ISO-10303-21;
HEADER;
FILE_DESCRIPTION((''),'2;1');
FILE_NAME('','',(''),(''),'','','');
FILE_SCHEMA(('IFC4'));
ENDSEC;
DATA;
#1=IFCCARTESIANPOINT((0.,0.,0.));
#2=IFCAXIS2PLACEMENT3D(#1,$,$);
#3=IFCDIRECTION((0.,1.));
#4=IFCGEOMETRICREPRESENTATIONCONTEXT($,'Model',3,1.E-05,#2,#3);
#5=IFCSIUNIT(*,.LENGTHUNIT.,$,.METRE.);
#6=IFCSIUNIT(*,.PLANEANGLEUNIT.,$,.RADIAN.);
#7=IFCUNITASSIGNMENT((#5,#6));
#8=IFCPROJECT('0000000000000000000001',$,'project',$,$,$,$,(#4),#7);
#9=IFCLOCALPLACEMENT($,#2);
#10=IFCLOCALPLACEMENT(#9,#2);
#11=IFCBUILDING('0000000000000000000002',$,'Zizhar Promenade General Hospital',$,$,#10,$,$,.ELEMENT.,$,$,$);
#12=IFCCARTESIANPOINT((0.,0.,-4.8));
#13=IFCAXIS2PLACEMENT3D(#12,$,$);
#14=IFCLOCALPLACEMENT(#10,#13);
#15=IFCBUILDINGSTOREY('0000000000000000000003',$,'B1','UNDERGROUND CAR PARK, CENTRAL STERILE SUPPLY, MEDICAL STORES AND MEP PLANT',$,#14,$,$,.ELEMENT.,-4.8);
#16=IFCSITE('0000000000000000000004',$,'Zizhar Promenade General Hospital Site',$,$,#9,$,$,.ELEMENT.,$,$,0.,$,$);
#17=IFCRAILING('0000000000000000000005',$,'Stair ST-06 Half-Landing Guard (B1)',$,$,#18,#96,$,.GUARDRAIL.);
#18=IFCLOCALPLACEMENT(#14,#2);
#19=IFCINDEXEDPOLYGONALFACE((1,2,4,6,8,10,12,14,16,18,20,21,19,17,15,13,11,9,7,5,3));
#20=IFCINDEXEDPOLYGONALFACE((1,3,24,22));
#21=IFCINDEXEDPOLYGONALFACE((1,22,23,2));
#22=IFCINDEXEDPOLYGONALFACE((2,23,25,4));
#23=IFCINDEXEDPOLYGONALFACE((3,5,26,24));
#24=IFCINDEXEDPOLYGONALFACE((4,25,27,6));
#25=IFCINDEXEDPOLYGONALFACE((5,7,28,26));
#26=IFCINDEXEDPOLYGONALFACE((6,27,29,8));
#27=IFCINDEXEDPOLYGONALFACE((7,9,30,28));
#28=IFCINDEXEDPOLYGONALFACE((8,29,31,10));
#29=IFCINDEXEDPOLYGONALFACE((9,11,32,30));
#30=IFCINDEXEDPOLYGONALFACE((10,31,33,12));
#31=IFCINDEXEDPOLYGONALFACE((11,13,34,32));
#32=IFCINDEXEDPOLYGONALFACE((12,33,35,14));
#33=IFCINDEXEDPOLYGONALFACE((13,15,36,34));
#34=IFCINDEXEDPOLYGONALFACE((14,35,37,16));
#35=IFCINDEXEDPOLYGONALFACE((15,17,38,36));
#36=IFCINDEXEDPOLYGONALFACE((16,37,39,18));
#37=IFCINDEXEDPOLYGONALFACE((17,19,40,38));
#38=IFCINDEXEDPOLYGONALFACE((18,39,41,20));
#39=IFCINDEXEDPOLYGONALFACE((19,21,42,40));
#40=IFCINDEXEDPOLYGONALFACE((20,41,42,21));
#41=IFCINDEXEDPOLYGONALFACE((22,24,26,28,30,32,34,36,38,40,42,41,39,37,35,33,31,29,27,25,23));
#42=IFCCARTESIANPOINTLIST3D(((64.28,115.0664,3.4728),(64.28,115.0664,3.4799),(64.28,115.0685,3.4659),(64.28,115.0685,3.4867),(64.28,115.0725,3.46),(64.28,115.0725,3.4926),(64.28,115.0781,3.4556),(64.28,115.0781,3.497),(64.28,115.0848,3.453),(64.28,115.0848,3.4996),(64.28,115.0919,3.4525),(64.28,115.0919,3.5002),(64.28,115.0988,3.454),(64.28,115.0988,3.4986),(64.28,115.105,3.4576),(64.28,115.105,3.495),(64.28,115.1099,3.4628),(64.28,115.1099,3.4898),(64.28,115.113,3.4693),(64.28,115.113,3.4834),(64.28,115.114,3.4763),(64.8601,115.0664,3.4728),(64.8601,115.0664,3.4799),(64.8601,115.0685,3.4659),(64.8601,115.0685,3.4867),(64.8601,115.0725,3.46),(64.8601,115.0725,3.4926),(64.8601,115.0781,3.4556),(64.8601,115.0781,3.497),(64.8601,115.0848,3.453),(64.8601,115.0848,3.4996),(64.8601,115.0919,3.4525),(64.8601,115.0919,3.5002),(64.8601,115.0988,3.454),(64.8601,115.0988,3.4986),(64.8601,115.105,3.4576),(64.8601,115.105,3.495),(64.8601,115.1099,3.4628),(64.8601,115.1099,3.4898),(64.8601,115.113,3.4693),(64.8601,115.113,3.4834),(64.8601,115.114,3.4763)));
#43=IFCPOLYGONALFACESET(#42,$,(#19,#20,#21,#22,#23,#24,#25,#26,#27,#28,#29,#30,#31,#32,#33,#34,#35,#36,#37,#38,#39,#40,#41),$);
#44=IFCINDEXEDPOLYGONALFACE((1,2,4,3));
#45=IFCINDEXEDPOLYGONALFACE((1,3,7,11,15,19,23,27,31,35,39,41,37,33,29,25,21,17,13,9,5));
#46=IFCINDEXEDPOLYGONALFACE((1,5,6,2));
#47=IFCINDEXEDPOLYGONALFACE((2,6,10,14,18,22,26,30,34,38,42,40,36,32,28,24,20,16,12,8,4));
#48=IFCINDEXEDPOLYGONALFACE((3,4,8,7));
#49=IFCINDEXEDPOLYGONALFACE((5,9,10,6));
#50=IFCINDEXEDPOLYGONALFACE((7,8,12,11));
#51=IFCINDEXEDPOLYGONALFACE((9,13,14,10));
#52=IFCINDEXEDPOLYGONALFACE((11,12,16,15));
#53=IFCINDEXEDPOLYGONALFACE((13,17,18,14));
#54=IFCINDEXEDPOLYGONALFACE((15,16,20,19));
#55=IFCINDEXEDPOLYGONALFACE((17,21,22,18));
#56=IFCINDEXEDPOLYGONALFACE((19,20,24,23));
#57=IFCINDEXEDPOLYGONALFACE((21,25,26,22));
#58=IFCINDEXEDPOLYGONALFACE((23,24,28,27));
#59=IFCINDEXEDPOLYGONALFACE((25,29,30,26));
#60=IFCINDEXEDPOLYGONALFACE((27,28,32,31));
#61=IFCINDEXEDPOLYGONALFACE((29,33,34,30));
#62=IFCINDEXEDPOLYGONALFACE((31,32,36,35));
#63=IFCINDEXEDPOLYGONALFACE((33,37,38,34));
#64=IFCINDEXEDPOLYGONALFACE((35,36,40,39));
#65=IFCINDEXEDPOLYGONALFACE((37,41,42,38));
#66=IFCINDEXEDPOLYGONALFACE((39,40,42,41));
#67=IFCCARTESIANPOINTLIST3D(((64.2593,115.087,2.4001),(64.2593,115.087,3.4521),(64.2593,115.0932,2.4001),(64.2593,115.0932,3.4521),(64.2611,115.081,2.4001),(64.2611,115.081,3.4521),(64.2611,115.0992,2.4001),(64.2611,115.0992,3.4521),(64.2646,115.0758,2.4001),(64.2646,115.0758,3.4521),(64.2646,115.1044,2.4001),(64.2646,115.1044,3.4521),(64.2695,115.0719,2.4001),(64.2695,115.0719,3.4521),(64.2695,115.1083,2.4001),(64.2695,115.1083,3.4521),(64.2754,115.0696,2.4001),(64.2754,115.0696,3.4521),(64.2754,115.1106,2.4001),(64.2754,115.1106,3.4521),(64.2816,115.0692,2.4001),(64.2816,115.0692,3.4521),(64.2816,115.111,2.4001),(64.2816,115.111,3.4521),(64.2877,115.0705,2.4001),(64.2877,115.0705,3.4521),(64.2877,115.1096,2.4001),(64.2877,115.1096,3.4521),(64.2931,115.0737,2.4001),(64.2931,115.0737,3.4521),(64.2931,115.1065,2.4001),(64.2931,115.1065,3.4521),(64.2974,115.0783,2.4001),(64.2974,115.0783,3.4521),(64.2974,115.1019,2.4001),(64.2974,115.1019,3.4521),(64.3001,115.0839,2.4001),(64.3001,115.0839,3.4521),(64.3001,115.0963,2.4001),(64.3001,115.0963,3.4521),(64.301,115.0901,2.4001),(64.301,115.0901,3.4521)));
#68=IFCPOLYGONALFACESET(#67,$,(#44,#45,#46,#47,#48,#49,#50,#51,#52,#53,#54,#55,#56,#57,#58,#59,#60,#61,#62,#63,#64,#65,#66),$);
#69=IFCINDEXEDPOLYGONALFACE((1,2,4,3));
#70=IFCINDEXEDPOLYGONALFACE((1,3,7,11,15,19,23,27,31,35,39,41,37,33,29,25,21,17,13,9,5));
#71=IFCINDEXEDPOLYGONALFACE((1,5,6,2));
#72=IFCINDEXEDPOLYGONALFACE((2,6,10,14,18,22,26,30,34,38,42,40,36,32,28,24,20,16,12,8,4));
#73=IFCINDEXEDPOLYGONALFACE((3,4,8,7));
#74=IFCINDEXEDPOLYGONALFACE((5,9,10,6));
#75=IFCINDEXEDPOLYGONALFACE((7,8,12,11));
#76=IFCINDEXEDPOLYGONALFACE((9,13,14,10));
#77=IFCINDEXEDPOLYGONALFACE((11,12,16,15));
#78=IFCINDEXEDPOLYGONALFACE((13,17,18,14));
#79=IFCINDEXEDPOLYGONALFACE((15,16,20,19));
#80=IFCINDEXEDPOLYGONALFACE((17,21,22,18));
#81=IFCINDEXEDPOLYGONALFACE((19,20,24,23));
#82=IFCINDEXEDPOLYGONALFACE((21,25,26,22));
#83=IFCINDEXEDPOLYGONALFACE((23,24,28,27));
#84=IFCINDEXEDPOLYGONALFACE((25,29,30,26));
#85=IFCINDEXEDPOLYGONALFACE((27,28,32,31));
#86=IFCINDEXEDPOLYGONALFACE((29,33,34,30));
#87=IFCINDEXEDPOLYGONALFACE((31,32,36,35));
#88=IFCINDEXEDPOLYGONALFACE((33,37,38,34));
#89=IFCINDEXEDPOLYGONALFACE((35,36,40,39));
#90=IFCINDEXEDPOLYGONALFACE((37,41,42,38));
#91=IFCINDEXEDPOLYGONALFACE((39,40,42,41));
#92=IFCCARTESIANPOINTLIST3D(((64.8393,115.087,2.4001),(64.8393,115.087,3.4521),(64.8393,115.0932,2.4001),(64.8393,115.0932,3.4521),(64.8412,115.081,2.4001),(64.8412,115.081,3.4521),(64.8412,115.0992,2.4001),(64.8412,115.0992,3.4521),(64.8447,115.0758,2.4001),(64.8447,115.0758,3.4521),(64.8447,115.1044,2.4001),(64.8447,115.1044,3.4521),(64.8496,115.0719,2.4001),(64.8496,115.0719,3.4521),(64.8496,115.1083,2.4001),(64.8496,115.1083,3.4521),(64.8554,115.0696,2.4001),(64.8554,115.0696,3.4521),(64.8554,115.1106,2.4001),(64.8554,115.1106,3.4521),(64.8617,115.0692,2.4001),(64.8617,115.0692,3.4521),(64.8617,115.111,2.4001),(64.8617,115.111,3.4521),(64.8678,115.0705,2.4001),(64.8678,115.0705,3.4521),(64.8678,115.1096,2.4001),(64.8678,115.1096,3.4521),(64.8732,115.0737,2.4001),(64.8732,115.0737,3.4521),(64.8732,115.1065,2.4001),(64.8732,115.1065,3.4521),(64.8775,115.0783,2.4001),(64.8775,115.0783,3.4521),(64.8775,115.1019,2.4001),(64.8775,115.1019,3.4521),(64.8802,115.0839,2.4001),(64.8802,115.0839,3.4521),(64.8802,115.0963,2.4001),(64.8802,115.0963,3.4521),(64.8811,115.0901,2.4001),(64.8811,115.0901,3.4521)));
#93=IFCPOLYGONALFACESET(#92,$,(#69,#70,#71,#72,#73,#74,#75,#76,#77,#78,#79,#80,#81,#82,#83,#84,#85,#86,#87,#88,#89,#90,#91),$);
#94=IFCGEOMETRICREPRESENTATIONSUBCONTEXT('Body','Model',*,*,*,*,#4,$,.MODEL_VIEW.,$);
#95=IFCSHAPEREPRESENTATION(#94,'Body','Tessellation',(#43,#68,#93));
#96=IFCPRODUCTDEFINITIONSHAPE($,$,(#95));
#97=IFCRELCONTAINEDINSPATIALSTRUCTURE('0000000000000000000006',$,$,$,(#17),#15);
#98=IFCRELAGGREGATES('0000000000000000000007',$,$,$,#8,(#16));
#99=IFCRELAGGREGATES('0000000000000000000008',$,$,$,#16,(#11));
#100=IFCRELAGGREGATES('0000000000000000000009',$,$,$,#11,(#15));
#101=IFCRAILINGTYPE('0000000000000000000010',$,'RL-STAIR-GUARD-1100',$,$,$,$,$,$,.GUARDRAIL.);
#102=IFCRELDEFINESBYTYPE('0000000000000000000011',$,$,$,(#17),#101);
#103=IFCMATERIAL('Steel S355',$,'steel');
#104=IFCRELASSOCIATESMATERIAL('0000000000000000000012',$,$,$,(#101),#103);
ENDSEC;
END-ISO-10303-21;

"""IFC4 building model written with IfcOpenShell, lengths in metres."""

from ifc_helpers import new_model, si_unit, direction, frame, origin, origin_2d, place, context, subcontext, project, spatial, circle, hollow_circle, extrude, material, material_profile, profile_set, type_object, element, save


model = new_model("IFC4")

# Units and contexts
model_context = context("Model", 3, precision=1e-05, world=origin(), true_north=direction((0.0, 1.0)))
body_context = subcontext(model_context, "Body", "Model", "MODEL_VIEW")
ifc_project = project(units=[si_unit("LENGTHUNIT", "METRE"), si_unit("PLANEANGLEUNIT", "RADIAN")], contexts=[model_context])

# Site, building, storey
site_placement = place(None, origin())
site = spatial("IfcSite", under=ifc_project, at=site_placement, Name="Zizhar Promenade General Hospital Site", CompositionType="ELEMENT", RefElevation=0.0)
building_placement = place(site_placement, origin())
building = spatial("IfcBuilding", under=site, at=building_placement, Name="Zizhar Promenade General Hospital", CompositionType="ELEMENT")
storey_placement = place(building_placement, frame((0.0, 0.0, -4.8)))
storey = spatial("IfcBuildingStorey", under=building, at=storey_placement, Name="B1", Description="UNDERGROUND CAR PARK, CENTRAL STERILE SUPPLY, MEDICAL STORES AND MEP PLANT", CompositionType="ELEMENT", Elevation=-4.8)

# Railing
ifc_material_1 = material(Name="Steel S355", Category="steel")
ifc_material_profile_1 = material_profile(ifc_material_1, hollow_circle(Radius=0.0698, WallThickness=0.0063, at=origin_2d()))
ifc_profile_set_1 = profile_set([ifc_material_profile_1], Name="Steel S355")
railing_type_1 = type_object("IfcRailingType", Name="RL-STAIR-GUARD-1100", PredefinedType="GUARDRAIL", material=ifc_profile_set_1)
railing_1_placement = place(storey_placement, frame((64.28, 115.0901, 2.4001)))
element("IfcRailing", 1, at=railing_1_placement, inside=storey, type_object=railing_type_1, Name="Stair ST-06 Half-Landing Guard (B1)", PredefinedType="GUARDRAIL", context=body_context, shape_type="SweptSolid", body=[
    extrude(circle(Radius=0.0239, at=origin_2d()), frame((0.0, 0.0, 1.0762), z_axis=(1.0, 0.0, 0.0), x_axis=(0.0, 1.0, 0.0)), (0.0, 0.0, 1.0), 0.5801),
    extrude(circle(Radius=0.021, at=origin_2d()), origin(), (0.0, 0.0, 1.0), 1.052),
    extrude(circle(Radius=0.021, at=origin_2d()), frame((0.5801, 0.0, 0.0)), (0.0, 0.0, 1.0), 1.052),
])

save(model, "model.ifc")
